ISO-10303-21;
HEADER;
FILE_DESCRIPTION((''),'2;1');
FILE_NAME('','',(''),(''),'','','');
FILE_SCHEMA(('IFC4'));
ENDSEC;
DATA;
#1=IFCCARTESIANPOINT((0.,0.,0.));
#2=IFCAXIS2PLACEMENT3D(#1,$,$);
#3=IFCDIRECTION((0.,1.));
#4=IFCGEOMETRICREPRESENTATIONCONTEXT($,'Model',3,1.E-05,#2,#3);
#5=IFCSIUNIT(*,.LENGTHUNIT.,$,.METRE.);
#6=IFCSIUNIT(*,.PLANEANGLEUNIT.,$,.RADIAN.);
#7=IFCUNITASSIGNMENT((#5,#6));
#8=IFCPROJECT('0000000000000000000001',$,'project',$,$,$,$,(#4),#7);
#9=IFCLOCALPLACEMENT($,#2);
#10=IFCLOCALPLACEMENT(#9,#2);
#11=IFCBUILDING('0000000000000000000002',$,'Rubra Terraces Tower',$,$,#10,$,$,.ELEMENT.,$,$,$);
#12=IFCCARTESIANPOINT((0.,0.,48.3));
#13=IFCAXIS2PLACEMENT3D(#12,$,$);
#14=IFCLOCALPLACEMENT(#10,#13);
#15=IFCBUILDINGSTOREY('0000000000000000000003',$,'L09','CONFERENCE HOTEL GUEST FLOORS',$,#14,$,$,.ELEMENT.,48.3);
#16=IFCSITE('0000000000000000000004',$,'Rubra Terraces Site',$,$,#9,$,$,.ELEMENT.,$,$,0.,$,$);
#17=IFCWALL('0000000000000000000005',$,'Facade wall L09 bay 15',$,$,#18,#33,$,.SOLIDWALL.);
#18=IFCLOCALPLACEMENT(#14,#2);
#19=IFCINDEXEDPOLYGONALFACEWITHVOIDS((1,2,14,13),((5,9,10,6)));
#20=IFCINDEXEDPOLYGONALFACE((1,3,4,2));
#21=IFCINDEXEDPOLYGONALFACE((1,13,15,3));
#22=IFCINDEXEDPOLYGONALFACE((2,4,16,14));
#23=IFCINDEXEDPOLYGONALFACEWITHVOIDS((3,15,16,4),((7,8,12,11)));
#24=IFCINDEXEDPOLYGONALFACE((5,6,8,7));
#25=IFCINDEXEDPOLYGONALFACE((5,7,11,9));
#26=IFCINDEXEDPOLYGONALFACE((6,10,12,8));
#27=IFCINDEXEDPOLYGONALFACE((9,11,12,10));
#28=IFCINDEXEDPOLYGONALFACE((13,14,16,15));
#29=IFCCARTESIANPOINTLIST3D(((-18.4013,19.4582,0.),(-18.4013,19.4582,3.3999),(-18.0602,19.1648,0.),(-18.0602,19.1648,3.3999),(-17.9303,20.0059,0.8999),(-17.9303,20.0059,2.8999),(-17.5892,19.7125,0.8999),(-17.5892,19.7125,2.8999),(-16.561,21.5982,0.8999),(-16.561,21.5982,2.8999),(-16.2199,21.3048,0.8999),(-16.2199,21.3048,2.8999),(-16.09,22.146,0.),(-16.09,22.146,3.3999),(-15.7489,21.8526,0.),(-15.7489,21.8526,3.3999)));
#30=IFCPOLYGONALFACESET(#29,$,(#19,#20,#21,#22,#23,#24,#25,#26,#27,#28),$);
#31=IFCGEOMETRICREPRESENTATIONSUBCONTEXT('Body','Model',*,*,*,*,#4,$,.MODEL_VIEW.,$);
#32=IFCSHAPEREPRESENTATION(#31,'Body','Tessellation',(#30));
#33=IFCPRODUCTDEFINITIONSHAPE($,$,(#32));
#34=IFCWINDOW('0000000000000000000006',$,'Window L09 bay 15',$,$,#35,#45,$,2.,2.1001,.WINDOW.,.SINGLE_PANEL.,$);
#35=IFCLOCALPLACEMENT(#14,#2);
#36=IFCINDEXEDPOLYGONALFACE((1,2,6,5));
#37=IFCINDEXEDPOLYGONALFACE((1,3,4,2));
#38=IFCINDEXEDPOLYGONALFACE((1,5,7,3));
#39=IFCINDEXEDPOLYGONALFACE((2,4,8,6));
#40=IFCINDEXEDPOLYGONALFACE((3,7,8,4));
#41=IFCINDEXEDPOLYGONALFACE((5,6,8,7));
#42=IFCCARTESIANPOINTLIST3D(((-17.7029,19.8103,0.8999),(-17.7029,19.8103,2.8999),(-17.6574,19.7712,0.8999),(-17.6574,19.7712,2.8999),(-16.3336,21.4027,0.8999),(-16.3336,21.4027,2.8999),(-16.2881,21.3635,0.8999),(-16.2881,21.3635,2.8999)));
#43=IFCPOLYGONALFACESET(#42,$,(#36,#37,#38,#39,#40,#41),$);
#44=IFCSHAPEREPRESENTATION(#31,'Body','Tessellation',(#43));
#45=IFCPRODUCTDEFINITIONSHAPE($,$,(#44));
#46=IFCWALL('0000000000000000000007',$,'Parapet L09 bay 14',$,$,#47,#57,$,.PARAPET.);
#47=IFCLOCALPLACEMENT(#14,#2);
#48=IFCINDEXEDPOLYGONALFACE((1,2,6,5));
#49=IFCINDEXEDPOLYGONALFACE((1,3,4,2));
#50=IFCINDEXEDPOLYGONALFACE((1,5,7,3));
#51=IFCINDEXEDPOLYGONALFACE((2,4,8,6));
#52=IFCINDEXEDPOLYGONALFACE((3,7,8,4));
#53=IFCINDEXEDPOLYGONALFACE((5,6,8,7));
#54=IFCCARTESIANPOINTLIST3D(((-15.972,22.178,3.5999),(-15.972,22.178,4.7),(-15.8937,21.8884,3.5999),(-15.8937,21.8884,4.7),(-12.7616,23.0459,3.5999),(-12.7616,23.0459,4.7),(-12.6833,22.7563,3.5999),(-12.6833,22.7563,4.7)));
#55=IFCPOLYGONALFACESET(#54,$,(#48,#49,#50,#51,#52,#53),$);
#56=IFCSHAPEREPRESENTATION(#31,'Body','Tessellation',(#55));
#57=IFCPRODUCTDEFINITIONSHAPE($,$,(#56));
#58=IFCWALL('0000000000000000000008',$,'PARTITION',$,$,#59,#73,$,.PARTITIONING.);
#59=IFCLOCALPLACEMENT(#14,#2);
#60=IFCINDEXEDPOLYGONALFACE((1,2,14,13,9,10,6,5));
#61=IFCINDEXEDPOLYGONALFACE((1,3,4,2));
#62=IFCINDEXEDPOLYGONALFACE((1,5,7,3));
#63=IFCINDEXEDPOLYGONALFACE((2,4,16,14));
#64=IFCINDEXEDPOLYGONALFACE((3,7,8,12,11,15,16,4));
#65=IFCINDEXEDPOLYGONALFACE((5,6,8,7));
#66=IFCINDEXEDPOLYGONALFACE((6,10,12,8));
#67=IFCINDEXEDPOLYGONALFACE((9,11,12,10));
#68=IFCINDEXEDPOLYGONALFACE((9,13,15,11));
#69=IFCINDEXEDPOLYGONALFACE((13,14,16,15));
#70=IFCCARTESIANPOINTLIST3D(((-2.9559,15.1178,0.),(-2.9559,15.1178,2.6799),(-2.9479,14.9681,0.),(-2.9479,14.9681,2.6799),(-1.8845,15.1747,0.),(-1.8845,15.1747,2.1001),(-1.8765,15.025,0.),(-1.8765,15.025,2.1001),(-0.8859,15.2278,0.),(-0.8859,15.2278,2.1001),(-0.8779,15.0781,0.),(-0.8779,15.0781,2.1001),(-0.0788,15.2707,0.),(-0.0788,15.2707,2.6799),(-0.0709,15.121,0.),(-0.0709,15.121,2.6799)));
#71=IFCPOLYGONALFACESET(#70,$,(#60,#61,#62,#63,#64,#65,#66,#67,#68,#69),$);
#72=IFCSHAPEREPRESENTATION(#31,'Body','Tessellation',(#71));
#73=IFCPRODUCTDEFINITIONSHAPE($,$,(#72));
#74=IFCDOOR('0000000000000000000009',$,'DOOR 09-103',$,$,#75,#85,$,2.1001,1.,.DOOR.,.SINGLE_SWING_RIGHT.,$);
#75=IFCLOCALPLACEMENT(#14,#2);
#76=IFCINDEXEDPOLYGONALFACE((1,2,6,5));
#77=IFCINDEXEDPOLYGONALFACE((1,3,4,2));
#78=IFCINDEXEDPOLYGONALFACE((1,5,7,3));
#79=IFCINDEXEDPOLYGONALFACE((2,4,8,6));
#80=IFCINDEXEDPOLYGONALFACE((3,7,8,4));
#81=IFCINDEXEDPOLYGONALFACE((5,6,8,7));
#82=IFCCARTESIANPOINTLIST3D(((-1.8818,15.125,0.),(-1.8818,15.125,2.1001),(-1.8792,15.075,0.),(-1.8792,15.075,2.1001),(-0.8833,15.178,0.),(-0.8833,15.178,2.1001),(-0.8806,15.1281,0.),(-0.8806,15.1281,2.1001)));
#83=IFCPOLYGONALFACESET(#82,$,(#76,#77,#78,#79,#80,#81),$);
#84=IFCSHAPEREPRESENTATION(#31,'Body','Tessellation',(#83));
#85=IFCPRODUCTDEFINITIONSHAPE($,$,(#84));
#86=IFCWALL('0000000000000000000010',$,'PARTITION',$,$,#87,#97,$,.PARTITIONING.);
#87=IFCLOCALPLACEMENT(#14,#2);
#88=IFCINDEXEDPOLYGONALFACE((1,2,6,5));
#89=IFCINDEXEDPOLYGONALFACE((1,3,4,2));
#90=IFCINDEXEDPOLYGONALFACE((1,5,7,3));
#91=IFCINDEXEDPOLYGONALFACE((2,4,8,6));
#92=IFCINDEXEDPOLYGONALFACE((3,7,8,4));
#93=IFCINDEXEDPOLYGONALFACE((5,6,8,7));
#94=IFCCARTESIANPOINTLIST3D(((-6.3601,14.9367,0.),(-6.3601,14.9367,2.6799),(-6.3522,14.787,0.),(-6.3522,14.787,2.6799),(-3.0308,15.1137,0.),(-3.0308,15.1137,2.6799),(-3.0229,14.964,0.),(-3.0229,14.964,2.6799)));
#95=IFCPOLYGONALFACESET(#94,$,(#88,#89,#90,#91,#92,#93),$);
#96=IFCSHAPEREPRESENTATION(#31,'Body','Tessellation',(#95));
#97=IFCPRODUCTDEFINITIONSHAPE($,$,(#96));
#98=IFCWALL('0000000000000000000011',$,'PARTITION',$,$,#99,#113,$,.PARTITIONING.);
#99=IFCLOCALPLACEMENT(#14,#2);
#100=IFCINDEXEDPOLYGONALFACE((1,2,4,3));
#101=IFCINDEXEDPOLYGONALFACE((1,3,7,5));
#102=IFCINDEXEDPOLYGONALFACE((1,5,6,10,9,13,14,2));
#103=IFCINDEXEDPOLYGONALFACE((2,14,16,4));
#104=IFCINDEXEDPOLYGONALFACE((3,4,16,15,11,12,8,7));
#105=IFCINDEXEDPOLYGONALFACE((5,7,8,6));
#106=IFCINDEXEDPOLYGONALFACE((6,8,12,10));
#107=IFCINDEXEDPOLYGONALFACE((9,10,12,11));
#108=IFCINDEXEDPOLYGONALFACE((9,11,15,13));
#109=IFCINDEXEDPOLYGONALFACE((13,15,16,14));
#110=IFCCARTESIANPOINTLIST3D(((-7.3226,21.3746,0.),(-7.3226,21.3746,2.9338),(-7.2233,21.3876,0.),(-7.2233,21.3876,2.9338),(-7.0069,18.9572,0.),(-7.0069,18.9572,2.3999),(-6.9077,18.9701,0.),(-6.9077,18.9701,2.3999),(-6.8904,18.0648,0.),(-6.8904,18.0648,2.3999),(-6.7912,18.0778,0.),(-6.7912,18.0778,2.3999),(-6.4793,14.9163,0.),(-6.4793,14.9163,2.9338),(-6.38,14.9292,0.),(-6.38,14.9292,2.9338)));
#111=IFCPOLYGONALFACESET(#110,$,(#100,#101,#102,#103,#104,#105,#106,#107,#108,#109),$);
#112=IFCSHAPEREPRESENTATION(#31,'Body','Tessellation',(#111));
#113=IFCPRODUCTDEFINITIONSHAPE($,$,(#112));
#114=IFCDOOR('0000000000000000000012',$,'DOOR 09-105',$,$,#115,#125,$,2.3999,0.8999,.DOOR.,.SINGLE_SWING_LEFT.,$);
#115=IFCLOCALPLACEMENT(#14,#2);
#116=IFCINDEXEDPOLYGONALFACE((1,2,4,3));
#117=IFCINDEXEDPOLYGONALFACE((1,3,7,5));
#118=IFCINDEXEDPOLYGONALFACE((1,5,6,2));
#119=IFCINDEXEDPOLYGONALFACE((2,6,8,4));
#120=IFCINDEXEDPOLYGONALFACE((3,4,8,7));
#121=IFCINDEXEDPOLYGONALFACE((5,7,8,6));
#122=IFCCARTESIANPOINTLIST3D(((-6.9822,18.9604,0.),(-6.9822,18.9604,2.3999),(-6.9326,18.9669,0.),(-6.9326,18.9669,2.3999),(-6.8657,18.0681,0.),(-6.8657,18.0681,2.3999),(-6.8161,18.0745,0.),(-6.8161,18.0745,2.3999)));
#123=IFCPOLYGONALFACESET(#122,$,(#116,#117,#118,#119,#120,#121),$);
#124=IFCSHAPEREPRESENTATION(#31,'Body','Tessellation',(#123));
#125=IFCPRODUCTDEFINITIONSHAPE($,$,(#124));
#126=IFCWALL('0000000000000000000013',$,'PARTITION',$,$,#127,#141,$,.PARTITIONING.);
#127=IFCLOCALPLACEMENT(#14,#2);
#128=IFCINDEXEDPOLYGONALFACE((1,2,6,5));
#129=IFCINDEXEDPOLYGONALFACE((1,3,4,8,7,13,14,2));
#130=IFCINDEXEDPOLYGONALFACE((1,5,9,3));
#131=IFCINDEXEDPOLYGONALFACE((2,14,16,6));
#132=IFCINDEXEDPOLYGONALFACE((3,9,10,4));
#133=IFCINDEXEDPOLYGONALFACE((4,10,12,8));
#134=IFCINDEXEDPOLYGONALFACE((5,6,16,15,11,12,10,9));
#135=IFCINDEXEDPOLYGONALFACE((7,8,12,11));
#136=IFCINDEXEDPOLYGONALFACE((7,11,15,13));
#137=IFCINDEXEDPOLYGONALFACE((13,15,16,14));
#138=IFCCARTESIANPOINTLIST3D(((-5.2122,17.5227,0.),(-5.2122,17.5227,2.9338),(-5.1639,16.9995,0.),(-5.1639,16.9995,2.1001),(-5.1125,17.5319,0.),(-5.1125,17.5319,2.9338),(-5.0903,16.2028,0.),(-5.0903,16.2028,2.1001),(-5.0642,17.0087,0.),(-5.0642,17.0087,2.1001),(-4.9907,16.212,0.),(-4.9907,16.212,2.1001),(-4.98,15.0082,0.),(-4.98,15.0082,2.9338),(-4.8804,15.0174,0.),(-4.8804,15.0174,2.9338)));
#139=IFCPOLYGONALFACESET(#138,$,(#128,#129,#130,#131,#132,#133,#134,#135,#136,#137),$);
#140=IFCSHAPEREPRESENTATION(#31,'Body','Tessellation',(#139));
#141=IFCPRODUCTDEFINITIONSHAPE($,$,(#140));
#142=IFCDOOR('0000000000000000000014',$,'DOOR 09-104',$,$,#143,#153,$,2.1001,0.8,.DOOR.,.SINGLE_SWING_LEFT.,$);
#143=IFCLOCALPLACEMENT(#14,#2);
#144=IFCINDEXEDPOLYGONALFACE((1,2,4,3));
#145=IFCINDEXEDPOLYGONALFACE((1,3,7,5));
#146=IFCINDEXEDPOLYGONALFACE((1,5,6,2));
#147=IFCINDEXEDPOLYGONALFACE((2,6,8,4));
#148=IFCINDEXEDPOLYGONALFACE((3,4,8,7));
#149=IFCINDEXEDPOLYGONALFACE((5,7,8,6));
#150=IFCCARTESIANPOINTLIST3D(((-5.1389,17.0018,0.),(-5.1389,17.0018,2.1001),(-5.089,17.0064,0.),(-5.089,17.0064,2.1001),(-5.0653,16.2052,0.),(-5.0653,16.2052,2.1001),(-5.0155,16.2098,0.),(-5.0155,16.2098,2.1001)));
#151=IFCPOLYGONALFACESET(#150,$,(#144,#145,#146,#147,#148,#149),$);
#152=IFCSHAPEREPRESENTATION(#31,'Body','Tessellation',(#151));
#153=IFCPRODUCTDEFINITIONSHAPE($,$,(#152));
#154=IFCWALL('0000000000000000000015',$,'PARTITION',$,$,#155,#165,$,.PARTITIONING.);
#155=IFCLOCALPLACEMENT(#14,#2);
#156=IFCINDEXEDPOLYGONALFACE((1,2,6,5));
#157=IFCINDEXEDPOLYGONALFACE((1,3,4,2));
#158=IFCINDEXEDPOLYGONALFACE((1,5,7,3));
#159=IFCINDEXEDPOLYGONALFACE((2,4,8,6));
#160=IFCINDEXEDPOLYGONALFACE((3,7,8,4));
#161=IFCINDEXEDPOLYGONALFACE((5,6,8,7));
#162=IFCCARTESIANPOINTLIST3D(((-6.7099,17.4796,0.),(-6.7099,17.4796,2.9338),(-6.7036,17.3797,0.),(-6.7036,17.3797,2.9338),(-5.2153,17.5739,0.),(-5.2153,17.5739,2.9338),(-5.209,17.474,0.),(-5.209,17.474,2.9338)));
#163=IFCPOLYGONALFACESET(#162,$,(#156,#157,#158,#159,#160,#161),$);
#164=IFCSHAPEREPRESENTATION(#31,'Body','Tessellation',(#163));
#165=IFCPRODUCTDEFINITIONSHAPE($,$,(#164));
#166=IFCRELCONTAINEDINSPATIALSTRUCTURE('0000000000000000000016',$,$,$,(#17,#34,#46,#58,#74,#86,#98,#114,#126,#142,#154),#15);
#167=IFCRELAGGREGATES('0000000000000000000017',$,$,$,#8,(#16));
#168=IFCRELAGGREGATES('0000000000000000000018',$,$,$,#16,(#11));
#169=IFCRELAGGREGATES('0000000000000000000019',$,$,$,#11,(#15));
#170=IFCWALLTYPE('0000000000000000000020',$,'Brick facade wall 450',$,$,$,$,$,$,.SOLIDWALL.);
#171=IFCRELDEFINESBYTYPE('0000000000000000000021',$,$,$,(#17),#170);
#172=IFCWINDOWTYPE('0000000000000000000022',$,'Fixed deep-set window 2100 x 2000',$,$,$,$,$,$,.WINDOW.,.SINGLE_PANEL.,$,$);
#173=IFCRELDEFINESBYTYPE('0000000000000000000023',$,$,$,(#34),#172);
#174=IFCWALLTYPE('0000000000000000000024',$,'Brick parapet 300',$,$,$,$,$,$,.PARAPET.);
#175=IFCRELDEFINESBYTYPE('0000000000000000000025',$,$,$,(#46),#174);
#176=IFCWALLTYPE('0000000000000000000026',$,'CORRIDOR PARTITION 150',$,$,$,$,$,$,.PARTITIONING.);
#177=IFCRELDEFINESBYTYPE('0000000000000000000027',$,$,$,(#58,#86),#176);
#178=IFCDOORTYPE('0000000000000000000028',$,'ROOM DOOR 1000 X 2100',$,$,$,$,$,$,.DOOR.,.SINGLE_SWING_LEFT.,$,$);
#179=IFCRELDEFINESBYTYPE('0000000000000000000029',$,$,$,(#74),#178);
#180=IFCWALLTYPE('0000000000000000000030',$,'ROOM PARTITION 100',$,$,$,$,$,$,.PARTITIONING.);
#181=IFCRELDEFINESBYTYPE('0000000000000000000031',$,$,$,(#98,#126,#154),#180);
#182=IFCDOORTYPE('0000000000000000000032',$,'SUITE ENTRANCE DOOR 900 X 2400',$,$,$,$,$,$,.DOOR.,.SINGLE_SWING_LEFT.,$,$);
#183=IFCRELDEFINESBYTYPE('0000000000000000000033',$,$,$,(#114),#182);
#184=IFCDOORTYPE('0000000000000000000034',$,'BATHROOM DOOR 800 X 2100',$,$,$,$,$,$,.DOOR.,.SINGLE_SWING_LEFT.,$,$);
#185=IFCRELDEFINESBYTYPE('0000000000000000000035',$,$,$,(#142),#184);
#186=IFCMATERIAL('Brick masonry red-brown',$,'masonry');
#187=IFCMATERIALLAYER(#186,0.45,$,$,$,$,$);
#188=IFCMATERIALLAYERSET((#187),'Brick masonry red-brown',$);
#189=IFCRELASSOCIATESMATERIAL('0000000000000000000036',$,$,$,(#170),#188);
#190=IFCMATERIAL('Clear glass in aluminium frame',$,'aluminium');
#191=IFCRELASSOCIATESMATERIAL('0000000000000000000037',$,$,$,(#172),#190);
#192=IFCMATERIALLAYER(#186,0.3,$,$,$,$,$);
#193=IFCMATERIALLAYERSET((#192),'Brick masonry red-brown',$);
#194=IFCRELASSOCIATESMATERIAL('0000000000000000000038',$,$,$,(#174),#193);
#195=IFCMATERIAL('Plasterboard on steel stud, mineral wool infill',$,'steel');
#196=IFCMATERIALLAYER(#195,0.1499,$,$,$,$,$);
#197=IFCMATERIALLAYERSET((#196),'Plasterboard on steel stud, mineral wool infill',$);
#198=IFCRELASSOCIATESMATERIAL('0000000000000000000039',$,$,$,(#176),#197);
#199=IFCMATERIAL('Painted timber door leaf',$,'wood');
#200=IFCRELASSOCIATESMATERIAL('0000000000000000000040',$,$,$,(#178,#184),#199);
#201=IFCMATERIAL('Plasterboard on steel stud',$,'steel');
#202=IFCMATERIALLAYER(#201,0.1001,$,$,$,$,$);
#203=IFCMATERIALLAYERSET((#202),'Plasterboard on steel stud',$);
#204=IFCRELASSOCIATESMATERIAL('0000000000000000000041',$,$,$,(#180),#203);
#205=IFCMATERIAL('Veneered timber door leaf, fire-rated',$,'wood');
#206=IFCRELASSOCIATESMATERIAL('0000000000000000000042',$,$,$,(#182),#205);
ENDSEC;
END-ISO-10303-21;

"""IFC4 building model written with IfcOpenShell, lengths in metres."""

from ifc_helpers import new_model, si_unit, direction, frame, frame_2d, origin, place, context, subcontext, project, spatial, rectangle, extrude, material, layer, layer_set, type_object, element, fill, save


model = new_model("IFC4")

# Units and contexts
model_context = context("Model", 3, precision=1e-05, world=origin(), true_north=direction((0.0, 1.0)))
body_context = subcontext(model_context, "Body", "Model", "MODEL_VIEW")
ifc_project = project(units=[si_unit("LENGTHUNIT", "METRE"), si_unit("PLANEANGLEUNIT", "RADIAN")], contexts=[model_context])

# Site, building, storey
site_placement = place(None, origin())
site = spatial("IfcSite", under=ifc_project, at=site_placement, Name="Rubra Terraces Site", CompositionType="ELEMENT", RefElevation=0.0)
building_placement = place(site_placement, origin())
building = spatial("IfcBuilding", under=site, at=building_placement, Name="Rubra Terraces Tower", CompositionType="ELEMENT")
storey_placement = place(building_placement, frame((0.0, 0.0, 48.3)))
storey = spatial("IfcBuildingStorey", under=building, at=storey_placement, Name="L09", Description="CONFERENCE HOTEL GUEST FLOORS", CompositionType="ELEMENT", Elevation=48.3)

# Wall, opening, window
ifc_material_1 = material(Name="Brick masonry red-brown", Category="masonry")
ifc_layer_1 = layer(ifc_material_1, 0.45)
ifc_layer_set_1 = layer_set([ifc_layer_1], Name="Brick masonry red-brown")
wall_type_1 = type_object("IfcWallType", Name="Brick facade wall 450", PredefinedType="SOLIDWALL", material=ifc_layer_set_1)
ifc_material_2 = material(Name="Clear glass in aluminium frame", Category="aluminium")
window_type = type_object("IfcWindowType", Name="Fixed deep-set window 2100 x 2000", PartitioningType="SINGLE_PANEL", PredefinedType="WINDOW", material=ifc_material_2)
wall_1_placement = place(storey_placement, frame((-15.9194, 21.9993, 0.0), z_axis=(0.0, 0.0, 1.0), x_axis=(-0.65201, -0.75821, 0.0)))
wall_1 = element("IfcWall", 1, at=wall_1_placement, inside=storey, type_object=wall_type_1, Name="Facade wall L09 bay 15", PredefinedType="SOLIDWALL", context=body_context, shape_type="SweptSolid", body=[
    extrude(rectangle(XDim=3.5449, YDim=0.45, at=frame_2d((1.7725, 0.0))), origin(), (0.0, 0.0, 1.0), 3.3999),
])
opening_1_placement = place(wall_1_placement, frame((0.7224, 0.0, 0.8999)))
opening_1 = element("IfcOpeningElement", 2, at=opening_1_placement, cuts=wall_1, PredefinedType="OPENING", context=body_context, shape_type="SweptSolid", body=[
    extrude(rectangle(XDim=2.1001, YDim=2.0, at=frame_2d((1.05, 1.0))), frame((0.0, 0.2349, 0.0), z_axis=(0.0, -1.0, 0.0), x_axis=(1.0, 0.0, 0.0)), (0.0, 0.0, 1.0), 0.47),
])
window_1_placement = place(opening_1_placement, origin())
window_1 = element("IfcWindow", 3, at=window_1_placement, inside=storey, type_object=window_type, Name="Window L09 bay 15", OverallHeight=2.0, OverallWidth=2.1001, PartitioningType="SINGLE_PANEL", PredefinedType="WINDOW", context=body_context, shape_type="SweptSolid", body=[
    extrude(rectangle(XDim=2.1001, YDim=2.0, at=frame_2d((1.05, 1.0))), frame((0.0, 0.135, 0.0), z_axis=(0.0, -1.0, 0.0), x_axis=(1.0, 0.0, 0.0)), (0.0, 0.0, 1.0), 0.0601),
])
fill(opening_1, window_1)

# Wall
ifc_layer_2 = layer(ifc_material_1, 0.3)
ifc_layer_set_2 = layer_set([ifc_layer_2], Name="Brick masonry red-brown")
wall_type_2 = type_object("IfcWallType", Name="Brick parapet 300", PredefinedType="PARAPET", material=ifc_layer_set_2)
wall_2_placement = place(storey_placement, frame((-12.7224, 22.9011, 3.5999), z_axis=(0.0, 0.0, 1.0), x_axis=(-0.965346, -0.260974, 0.0)))
element("IfcWall", 4, at=wall_2_placement, inside=storey, type_object=wall_type_2, Name="Parapet L09 bay 14", PredefinedType="PARAPET", context=body_context, shape_type="SweptSolid", body=[
    extrude(rectangle(XDim=3.3257, YDim=0.3, at=frame_2d((1.6628, 0.0))), origin(), (0.0, 0.0, 1.0), 1.1001),
])

# Wall, opening, door
ifc_material_3 = material(Name="Plasterboard on steel stud, mineral wool infill", Category="steel")
ifc_layer_3 = layer(ifc_material_3, 0.1499)
ifc_layer_set_3 = layer_set([ifc_layer_3], Name="Plasterboard on steel stud, mineral wool infill")
wall_type_3 = type_object("IfcWallType", Name="CORRIDOR PARTITION 150", PredefinedType="PARTITIONING", material=ifc_layer_set_3)
wall_3_placement = place(storey_placement, frame((-0.075, 15.1958, 0.0), z_axis=(0.0, 0.0, 1.0), x_axis=(-0.998592, -0.053048, 0.0)))
wall_3 = element("IfcWall", 5, at=wall_3_placement, inside=storey, type_object=wall_type_3, Name="PARTITION", PredefinedType="PARTITIONING", context=body_context, shape_type="SweptSolid", body=[
    extrude(rectangle(XDim=2.8811, YDim=0.1499, at=frame_2d((1.4404, 0.0))), origin(), (0.0, 0.0, 1.0), 2.6799),
])
opening_2_placement = place(wall_3_placement, frame((0.8081, 0.0, 0.0)))
opening_2 = element("IfcOpeningElement", 6, at=opening_2_placement, cuts=wall_3, PredefinedType="OPENING", context=body_context, shape_type="SweptSolid", body=[
    extrude(rectangle(XDim=1.0, YDim=2.1001, at=frame_2d((0.5, 1.05))), frame((0.0, 0.085, 0.0), z_axis=(0.0, -1.0, 0.0), x_axis=(1.0, 0.0, 0.0)), (0.0, 0.0, 1.0), 0.1699),
])
ifc_material_4 = material(Name="Painted timber door leaf", Category="wood")
door_type_1 = type_object("IfcDoorType", Name="ROOM DOOR 1000 X 2100", OperationType="SINGLE_SWING_LEFT", PredefinedType="DOOR", material=ifc_material_4)
door_1_placement = place(opening_2_placement, origin())
door_1 = element("IfcDoor", 7, at=door_1_placement, inside=storey, type_object=door_type_1, Name="DOOR 09-103", OperationType="SINGLE_SWING_RIGHT", OverallHeight=2.1001, OverallWidth=1.0, PredefinedType="DOOR", context=body_context, shape_type="SweptSolid", body=[
    extrude(rectangle(XDim=1.0, YDim=2.1001, at=frame_2d((0.5, 1.05))), frame((0.0, 0.0249, 0.0), z_axis=(0.0, -1.0, 0.0), x_axis=(1.0, 0.0, 0.0)), (0.0, 0.0, 1.0), 0.05),
])
fill(opening_2, door_1)

# Wall
wall_4_placement = place(storey_placement, frame((-3.0269, 15.0388, 0.0), z_axis=(0.0, 0.0, 1.0), x_axis=(-0.99859, -0.053089, 0.0)))
element("IfcWall", 8, at=wall_4_placement, inside=storey, type_object=wall_type_3, Name="PARTITION", PredefinedType="PARTITIONING", context=body_context, shape_type="SweptSolid", body=[
    extrude(rectangle(XDim=3.334, YDim=0.1499, at=frame_2d((1.667, 0.0))), origin(), (0.0, 0.0, 1.0), 2.6799),
])

# Walls, openings, doors
ifc_material_5 = material(Name="Plasterboard on steel stud", Category="steel")
ifc_layer_4 = layer(ifc_material_5, 0.1001)
ifc_layer_set_4 = layer_set([ifc_layer_4], Name="Plasterboard on steel stud")
wall_type_4 = type_object("IfcWallType", Name="ROOM PARTITION 100", PredefinedType="PARTITIONING", material=ifc_layer_set_4)
wall_5_placement = place(storey_placement, frame((-7.2729, 21.3811, 0.0), z_axis=(0.0, 0.0, 1.0), x_axis=(0.129472, -0.991583, 0.0)))
wall_5 = element("IfcWall", 9, at=wall_5_placement, inside=storey, type_object=wall_type_4, Name="PARTITION", PredefinedType="PARTITIONING", context=body_context, shape_type="SweptSolid", body=[
    extrude(rectangle(XDim=6.5132, YDim=0.1001, at=frame_2d((3.2566, 0.0))), origin(), (0.0, 0.0, 1.0), 2.9338),
])
opening_3_placement = place(wall_5_placement, frame((2.438, 0.0, 0.0)))
opening_3 = element("IfcOpeningElement", 10, at=opening_3_placement, cuts=wall_5, PredefinedType="OPENING", context=body_context, shape_type="SweptSolid", body=[
    extrude(rectangle(XDim=0.8999, YDim=2.3999, at=frame_2d((0.45, 1.2))), frame((0.0, 0.0601, 0.0), z_axis=(0.0, -1.0, 0.0), x_axis=(1.0, 0.0, 0.0)), (0.0, 0.0, 1.0), 0.1201),
])
ifc_material_6 = material(Name="Veneered timber door leaf, fire-rated", Category="wood")
door_type_2 = type_object("IfcDoorType", Name="SUITE ENTRANCE DOOR 900 X 2400", OperationType="SINGLE_SWING_LEFT", PredefinedType="DOOR", material=ifc_material_6)
door_2_placement = place(opening_3_placement, origin())
door_2 = element("IfcDoor", 11, at=door_2_placement, inside=storey, type_object=door_type_2, Name="DOOR 09-105", OperationType="SINGLE_SWING_LEFT", OverallHeight=2.3999, OverallWidth=0.8999, PredefinedType="DOOR", context=body_context, shape_type="SweptSolid", body=[
    extrude(rectangle(XDim=0.8999, YDim=2.3999, at=frame_2d((0.45, 1.2))), frame((0.0, 0.0249, 0.0), z_axis=(0.0, -1.0, 0.0), x_axis=(1.0, 0.0, 0.0)), (0.0, 0.0, 1.0), 0.05),
])
fill(opening_3, door_2)
wall_6_placement = place(storey_placement, frame((-4.9302, 15.0127, 0.0), z_axis=(0.0, 0.0, 1.0), x_axis=(-0.091948, 0.995764, 0.0)))
wall_6 = element("IfcWall", 12, at=wall_6_placement, inside=storey, type_object=wall_type_4, Name="PARTITION", PredefinedType="PARTITIONING", context=body_context, shape_type="SweptSolid", body=[
    extrude(rectangle(XDim=2.5251, YDim=0.1001, at=frame_2d((1.2627, 0.0))), origin(), (0.0, 0.0, 1.0), 2.9338),
])
opening_4_placement = place(wall_6_placement, frame((1.2, 0.0, 0.0)))
opening_4 = element("IfcOpeningElement", 13, at=opening_4_placement, cuts=wall_6, PredefinedType="OPENING", context=body_context, shape_type="SweptSolid", body=[
    extrude(rectangle(XDim=0.8, YDim=2.1001, at=frame_2d((0.3999, 1.05))), frame((0.0, 0.0601, 0.0), z_axis=(0.0, -1.0, 0.0), x_axis=(1.0, 0.0, 0.0)), (0.0, 0.0, 1.0), 0.1201),
])
door_type_3 = type_object("IfcDoorType", Name="BATHROOM DOOR 800 X 2100", OperationType="SINGLE_SWING_LEFT", PredefinedType="DOOR", material=ifc_material_4)
door_3_placement = place(opening_4_placement, origin())
door_3 = element("IfcDoor", 14, at=door_3_placement, inside=storey, type_object=door_type_3, Name="DOOR 09-104", OperationType="SINGLE_SWING_LEFT", OverallHeight=2.1001, OverallWidth=0.8, PredefinedType="DOOR", context=body_context, shape_type="SweptSolid", body=[
    extrude(rectangle(XDim=0.8, YDim=2.1001, at=frame_2d((0.3999, 1.05))), frame((0.0, 0.0249, 0.0), z_axis=(0.0, -1.0, 0.0), x_axis=(1.0, 0.0, 0.0)), (0.0, 0.0, 1.0), 0.05),
])
fill(opening_4, door_3)

# Wall
wall_7_placement = place(storey_placement, frame((-5.2122, 17.5239, 0.0), z_axis=(0.0, 0.0, 1.0), x_axis=(-0.998018, -0.062926, 0.0)))
element("IfcWall", 15, at=wall_7_placement, inside=storey, type_object=wall_type_4, Name="PARTITION", PredefinedType="PARTITIONING", context=body_context, shape_type="SweptSolid", body=[
    extrude(rectangle(XDim=1.4976, YDim=0.1001, at=frame_2d((0.7488, 0.0))), origin(), (0.0, 0.0, 1.0), 2.9338),
])

save(model, "model.ifc")
